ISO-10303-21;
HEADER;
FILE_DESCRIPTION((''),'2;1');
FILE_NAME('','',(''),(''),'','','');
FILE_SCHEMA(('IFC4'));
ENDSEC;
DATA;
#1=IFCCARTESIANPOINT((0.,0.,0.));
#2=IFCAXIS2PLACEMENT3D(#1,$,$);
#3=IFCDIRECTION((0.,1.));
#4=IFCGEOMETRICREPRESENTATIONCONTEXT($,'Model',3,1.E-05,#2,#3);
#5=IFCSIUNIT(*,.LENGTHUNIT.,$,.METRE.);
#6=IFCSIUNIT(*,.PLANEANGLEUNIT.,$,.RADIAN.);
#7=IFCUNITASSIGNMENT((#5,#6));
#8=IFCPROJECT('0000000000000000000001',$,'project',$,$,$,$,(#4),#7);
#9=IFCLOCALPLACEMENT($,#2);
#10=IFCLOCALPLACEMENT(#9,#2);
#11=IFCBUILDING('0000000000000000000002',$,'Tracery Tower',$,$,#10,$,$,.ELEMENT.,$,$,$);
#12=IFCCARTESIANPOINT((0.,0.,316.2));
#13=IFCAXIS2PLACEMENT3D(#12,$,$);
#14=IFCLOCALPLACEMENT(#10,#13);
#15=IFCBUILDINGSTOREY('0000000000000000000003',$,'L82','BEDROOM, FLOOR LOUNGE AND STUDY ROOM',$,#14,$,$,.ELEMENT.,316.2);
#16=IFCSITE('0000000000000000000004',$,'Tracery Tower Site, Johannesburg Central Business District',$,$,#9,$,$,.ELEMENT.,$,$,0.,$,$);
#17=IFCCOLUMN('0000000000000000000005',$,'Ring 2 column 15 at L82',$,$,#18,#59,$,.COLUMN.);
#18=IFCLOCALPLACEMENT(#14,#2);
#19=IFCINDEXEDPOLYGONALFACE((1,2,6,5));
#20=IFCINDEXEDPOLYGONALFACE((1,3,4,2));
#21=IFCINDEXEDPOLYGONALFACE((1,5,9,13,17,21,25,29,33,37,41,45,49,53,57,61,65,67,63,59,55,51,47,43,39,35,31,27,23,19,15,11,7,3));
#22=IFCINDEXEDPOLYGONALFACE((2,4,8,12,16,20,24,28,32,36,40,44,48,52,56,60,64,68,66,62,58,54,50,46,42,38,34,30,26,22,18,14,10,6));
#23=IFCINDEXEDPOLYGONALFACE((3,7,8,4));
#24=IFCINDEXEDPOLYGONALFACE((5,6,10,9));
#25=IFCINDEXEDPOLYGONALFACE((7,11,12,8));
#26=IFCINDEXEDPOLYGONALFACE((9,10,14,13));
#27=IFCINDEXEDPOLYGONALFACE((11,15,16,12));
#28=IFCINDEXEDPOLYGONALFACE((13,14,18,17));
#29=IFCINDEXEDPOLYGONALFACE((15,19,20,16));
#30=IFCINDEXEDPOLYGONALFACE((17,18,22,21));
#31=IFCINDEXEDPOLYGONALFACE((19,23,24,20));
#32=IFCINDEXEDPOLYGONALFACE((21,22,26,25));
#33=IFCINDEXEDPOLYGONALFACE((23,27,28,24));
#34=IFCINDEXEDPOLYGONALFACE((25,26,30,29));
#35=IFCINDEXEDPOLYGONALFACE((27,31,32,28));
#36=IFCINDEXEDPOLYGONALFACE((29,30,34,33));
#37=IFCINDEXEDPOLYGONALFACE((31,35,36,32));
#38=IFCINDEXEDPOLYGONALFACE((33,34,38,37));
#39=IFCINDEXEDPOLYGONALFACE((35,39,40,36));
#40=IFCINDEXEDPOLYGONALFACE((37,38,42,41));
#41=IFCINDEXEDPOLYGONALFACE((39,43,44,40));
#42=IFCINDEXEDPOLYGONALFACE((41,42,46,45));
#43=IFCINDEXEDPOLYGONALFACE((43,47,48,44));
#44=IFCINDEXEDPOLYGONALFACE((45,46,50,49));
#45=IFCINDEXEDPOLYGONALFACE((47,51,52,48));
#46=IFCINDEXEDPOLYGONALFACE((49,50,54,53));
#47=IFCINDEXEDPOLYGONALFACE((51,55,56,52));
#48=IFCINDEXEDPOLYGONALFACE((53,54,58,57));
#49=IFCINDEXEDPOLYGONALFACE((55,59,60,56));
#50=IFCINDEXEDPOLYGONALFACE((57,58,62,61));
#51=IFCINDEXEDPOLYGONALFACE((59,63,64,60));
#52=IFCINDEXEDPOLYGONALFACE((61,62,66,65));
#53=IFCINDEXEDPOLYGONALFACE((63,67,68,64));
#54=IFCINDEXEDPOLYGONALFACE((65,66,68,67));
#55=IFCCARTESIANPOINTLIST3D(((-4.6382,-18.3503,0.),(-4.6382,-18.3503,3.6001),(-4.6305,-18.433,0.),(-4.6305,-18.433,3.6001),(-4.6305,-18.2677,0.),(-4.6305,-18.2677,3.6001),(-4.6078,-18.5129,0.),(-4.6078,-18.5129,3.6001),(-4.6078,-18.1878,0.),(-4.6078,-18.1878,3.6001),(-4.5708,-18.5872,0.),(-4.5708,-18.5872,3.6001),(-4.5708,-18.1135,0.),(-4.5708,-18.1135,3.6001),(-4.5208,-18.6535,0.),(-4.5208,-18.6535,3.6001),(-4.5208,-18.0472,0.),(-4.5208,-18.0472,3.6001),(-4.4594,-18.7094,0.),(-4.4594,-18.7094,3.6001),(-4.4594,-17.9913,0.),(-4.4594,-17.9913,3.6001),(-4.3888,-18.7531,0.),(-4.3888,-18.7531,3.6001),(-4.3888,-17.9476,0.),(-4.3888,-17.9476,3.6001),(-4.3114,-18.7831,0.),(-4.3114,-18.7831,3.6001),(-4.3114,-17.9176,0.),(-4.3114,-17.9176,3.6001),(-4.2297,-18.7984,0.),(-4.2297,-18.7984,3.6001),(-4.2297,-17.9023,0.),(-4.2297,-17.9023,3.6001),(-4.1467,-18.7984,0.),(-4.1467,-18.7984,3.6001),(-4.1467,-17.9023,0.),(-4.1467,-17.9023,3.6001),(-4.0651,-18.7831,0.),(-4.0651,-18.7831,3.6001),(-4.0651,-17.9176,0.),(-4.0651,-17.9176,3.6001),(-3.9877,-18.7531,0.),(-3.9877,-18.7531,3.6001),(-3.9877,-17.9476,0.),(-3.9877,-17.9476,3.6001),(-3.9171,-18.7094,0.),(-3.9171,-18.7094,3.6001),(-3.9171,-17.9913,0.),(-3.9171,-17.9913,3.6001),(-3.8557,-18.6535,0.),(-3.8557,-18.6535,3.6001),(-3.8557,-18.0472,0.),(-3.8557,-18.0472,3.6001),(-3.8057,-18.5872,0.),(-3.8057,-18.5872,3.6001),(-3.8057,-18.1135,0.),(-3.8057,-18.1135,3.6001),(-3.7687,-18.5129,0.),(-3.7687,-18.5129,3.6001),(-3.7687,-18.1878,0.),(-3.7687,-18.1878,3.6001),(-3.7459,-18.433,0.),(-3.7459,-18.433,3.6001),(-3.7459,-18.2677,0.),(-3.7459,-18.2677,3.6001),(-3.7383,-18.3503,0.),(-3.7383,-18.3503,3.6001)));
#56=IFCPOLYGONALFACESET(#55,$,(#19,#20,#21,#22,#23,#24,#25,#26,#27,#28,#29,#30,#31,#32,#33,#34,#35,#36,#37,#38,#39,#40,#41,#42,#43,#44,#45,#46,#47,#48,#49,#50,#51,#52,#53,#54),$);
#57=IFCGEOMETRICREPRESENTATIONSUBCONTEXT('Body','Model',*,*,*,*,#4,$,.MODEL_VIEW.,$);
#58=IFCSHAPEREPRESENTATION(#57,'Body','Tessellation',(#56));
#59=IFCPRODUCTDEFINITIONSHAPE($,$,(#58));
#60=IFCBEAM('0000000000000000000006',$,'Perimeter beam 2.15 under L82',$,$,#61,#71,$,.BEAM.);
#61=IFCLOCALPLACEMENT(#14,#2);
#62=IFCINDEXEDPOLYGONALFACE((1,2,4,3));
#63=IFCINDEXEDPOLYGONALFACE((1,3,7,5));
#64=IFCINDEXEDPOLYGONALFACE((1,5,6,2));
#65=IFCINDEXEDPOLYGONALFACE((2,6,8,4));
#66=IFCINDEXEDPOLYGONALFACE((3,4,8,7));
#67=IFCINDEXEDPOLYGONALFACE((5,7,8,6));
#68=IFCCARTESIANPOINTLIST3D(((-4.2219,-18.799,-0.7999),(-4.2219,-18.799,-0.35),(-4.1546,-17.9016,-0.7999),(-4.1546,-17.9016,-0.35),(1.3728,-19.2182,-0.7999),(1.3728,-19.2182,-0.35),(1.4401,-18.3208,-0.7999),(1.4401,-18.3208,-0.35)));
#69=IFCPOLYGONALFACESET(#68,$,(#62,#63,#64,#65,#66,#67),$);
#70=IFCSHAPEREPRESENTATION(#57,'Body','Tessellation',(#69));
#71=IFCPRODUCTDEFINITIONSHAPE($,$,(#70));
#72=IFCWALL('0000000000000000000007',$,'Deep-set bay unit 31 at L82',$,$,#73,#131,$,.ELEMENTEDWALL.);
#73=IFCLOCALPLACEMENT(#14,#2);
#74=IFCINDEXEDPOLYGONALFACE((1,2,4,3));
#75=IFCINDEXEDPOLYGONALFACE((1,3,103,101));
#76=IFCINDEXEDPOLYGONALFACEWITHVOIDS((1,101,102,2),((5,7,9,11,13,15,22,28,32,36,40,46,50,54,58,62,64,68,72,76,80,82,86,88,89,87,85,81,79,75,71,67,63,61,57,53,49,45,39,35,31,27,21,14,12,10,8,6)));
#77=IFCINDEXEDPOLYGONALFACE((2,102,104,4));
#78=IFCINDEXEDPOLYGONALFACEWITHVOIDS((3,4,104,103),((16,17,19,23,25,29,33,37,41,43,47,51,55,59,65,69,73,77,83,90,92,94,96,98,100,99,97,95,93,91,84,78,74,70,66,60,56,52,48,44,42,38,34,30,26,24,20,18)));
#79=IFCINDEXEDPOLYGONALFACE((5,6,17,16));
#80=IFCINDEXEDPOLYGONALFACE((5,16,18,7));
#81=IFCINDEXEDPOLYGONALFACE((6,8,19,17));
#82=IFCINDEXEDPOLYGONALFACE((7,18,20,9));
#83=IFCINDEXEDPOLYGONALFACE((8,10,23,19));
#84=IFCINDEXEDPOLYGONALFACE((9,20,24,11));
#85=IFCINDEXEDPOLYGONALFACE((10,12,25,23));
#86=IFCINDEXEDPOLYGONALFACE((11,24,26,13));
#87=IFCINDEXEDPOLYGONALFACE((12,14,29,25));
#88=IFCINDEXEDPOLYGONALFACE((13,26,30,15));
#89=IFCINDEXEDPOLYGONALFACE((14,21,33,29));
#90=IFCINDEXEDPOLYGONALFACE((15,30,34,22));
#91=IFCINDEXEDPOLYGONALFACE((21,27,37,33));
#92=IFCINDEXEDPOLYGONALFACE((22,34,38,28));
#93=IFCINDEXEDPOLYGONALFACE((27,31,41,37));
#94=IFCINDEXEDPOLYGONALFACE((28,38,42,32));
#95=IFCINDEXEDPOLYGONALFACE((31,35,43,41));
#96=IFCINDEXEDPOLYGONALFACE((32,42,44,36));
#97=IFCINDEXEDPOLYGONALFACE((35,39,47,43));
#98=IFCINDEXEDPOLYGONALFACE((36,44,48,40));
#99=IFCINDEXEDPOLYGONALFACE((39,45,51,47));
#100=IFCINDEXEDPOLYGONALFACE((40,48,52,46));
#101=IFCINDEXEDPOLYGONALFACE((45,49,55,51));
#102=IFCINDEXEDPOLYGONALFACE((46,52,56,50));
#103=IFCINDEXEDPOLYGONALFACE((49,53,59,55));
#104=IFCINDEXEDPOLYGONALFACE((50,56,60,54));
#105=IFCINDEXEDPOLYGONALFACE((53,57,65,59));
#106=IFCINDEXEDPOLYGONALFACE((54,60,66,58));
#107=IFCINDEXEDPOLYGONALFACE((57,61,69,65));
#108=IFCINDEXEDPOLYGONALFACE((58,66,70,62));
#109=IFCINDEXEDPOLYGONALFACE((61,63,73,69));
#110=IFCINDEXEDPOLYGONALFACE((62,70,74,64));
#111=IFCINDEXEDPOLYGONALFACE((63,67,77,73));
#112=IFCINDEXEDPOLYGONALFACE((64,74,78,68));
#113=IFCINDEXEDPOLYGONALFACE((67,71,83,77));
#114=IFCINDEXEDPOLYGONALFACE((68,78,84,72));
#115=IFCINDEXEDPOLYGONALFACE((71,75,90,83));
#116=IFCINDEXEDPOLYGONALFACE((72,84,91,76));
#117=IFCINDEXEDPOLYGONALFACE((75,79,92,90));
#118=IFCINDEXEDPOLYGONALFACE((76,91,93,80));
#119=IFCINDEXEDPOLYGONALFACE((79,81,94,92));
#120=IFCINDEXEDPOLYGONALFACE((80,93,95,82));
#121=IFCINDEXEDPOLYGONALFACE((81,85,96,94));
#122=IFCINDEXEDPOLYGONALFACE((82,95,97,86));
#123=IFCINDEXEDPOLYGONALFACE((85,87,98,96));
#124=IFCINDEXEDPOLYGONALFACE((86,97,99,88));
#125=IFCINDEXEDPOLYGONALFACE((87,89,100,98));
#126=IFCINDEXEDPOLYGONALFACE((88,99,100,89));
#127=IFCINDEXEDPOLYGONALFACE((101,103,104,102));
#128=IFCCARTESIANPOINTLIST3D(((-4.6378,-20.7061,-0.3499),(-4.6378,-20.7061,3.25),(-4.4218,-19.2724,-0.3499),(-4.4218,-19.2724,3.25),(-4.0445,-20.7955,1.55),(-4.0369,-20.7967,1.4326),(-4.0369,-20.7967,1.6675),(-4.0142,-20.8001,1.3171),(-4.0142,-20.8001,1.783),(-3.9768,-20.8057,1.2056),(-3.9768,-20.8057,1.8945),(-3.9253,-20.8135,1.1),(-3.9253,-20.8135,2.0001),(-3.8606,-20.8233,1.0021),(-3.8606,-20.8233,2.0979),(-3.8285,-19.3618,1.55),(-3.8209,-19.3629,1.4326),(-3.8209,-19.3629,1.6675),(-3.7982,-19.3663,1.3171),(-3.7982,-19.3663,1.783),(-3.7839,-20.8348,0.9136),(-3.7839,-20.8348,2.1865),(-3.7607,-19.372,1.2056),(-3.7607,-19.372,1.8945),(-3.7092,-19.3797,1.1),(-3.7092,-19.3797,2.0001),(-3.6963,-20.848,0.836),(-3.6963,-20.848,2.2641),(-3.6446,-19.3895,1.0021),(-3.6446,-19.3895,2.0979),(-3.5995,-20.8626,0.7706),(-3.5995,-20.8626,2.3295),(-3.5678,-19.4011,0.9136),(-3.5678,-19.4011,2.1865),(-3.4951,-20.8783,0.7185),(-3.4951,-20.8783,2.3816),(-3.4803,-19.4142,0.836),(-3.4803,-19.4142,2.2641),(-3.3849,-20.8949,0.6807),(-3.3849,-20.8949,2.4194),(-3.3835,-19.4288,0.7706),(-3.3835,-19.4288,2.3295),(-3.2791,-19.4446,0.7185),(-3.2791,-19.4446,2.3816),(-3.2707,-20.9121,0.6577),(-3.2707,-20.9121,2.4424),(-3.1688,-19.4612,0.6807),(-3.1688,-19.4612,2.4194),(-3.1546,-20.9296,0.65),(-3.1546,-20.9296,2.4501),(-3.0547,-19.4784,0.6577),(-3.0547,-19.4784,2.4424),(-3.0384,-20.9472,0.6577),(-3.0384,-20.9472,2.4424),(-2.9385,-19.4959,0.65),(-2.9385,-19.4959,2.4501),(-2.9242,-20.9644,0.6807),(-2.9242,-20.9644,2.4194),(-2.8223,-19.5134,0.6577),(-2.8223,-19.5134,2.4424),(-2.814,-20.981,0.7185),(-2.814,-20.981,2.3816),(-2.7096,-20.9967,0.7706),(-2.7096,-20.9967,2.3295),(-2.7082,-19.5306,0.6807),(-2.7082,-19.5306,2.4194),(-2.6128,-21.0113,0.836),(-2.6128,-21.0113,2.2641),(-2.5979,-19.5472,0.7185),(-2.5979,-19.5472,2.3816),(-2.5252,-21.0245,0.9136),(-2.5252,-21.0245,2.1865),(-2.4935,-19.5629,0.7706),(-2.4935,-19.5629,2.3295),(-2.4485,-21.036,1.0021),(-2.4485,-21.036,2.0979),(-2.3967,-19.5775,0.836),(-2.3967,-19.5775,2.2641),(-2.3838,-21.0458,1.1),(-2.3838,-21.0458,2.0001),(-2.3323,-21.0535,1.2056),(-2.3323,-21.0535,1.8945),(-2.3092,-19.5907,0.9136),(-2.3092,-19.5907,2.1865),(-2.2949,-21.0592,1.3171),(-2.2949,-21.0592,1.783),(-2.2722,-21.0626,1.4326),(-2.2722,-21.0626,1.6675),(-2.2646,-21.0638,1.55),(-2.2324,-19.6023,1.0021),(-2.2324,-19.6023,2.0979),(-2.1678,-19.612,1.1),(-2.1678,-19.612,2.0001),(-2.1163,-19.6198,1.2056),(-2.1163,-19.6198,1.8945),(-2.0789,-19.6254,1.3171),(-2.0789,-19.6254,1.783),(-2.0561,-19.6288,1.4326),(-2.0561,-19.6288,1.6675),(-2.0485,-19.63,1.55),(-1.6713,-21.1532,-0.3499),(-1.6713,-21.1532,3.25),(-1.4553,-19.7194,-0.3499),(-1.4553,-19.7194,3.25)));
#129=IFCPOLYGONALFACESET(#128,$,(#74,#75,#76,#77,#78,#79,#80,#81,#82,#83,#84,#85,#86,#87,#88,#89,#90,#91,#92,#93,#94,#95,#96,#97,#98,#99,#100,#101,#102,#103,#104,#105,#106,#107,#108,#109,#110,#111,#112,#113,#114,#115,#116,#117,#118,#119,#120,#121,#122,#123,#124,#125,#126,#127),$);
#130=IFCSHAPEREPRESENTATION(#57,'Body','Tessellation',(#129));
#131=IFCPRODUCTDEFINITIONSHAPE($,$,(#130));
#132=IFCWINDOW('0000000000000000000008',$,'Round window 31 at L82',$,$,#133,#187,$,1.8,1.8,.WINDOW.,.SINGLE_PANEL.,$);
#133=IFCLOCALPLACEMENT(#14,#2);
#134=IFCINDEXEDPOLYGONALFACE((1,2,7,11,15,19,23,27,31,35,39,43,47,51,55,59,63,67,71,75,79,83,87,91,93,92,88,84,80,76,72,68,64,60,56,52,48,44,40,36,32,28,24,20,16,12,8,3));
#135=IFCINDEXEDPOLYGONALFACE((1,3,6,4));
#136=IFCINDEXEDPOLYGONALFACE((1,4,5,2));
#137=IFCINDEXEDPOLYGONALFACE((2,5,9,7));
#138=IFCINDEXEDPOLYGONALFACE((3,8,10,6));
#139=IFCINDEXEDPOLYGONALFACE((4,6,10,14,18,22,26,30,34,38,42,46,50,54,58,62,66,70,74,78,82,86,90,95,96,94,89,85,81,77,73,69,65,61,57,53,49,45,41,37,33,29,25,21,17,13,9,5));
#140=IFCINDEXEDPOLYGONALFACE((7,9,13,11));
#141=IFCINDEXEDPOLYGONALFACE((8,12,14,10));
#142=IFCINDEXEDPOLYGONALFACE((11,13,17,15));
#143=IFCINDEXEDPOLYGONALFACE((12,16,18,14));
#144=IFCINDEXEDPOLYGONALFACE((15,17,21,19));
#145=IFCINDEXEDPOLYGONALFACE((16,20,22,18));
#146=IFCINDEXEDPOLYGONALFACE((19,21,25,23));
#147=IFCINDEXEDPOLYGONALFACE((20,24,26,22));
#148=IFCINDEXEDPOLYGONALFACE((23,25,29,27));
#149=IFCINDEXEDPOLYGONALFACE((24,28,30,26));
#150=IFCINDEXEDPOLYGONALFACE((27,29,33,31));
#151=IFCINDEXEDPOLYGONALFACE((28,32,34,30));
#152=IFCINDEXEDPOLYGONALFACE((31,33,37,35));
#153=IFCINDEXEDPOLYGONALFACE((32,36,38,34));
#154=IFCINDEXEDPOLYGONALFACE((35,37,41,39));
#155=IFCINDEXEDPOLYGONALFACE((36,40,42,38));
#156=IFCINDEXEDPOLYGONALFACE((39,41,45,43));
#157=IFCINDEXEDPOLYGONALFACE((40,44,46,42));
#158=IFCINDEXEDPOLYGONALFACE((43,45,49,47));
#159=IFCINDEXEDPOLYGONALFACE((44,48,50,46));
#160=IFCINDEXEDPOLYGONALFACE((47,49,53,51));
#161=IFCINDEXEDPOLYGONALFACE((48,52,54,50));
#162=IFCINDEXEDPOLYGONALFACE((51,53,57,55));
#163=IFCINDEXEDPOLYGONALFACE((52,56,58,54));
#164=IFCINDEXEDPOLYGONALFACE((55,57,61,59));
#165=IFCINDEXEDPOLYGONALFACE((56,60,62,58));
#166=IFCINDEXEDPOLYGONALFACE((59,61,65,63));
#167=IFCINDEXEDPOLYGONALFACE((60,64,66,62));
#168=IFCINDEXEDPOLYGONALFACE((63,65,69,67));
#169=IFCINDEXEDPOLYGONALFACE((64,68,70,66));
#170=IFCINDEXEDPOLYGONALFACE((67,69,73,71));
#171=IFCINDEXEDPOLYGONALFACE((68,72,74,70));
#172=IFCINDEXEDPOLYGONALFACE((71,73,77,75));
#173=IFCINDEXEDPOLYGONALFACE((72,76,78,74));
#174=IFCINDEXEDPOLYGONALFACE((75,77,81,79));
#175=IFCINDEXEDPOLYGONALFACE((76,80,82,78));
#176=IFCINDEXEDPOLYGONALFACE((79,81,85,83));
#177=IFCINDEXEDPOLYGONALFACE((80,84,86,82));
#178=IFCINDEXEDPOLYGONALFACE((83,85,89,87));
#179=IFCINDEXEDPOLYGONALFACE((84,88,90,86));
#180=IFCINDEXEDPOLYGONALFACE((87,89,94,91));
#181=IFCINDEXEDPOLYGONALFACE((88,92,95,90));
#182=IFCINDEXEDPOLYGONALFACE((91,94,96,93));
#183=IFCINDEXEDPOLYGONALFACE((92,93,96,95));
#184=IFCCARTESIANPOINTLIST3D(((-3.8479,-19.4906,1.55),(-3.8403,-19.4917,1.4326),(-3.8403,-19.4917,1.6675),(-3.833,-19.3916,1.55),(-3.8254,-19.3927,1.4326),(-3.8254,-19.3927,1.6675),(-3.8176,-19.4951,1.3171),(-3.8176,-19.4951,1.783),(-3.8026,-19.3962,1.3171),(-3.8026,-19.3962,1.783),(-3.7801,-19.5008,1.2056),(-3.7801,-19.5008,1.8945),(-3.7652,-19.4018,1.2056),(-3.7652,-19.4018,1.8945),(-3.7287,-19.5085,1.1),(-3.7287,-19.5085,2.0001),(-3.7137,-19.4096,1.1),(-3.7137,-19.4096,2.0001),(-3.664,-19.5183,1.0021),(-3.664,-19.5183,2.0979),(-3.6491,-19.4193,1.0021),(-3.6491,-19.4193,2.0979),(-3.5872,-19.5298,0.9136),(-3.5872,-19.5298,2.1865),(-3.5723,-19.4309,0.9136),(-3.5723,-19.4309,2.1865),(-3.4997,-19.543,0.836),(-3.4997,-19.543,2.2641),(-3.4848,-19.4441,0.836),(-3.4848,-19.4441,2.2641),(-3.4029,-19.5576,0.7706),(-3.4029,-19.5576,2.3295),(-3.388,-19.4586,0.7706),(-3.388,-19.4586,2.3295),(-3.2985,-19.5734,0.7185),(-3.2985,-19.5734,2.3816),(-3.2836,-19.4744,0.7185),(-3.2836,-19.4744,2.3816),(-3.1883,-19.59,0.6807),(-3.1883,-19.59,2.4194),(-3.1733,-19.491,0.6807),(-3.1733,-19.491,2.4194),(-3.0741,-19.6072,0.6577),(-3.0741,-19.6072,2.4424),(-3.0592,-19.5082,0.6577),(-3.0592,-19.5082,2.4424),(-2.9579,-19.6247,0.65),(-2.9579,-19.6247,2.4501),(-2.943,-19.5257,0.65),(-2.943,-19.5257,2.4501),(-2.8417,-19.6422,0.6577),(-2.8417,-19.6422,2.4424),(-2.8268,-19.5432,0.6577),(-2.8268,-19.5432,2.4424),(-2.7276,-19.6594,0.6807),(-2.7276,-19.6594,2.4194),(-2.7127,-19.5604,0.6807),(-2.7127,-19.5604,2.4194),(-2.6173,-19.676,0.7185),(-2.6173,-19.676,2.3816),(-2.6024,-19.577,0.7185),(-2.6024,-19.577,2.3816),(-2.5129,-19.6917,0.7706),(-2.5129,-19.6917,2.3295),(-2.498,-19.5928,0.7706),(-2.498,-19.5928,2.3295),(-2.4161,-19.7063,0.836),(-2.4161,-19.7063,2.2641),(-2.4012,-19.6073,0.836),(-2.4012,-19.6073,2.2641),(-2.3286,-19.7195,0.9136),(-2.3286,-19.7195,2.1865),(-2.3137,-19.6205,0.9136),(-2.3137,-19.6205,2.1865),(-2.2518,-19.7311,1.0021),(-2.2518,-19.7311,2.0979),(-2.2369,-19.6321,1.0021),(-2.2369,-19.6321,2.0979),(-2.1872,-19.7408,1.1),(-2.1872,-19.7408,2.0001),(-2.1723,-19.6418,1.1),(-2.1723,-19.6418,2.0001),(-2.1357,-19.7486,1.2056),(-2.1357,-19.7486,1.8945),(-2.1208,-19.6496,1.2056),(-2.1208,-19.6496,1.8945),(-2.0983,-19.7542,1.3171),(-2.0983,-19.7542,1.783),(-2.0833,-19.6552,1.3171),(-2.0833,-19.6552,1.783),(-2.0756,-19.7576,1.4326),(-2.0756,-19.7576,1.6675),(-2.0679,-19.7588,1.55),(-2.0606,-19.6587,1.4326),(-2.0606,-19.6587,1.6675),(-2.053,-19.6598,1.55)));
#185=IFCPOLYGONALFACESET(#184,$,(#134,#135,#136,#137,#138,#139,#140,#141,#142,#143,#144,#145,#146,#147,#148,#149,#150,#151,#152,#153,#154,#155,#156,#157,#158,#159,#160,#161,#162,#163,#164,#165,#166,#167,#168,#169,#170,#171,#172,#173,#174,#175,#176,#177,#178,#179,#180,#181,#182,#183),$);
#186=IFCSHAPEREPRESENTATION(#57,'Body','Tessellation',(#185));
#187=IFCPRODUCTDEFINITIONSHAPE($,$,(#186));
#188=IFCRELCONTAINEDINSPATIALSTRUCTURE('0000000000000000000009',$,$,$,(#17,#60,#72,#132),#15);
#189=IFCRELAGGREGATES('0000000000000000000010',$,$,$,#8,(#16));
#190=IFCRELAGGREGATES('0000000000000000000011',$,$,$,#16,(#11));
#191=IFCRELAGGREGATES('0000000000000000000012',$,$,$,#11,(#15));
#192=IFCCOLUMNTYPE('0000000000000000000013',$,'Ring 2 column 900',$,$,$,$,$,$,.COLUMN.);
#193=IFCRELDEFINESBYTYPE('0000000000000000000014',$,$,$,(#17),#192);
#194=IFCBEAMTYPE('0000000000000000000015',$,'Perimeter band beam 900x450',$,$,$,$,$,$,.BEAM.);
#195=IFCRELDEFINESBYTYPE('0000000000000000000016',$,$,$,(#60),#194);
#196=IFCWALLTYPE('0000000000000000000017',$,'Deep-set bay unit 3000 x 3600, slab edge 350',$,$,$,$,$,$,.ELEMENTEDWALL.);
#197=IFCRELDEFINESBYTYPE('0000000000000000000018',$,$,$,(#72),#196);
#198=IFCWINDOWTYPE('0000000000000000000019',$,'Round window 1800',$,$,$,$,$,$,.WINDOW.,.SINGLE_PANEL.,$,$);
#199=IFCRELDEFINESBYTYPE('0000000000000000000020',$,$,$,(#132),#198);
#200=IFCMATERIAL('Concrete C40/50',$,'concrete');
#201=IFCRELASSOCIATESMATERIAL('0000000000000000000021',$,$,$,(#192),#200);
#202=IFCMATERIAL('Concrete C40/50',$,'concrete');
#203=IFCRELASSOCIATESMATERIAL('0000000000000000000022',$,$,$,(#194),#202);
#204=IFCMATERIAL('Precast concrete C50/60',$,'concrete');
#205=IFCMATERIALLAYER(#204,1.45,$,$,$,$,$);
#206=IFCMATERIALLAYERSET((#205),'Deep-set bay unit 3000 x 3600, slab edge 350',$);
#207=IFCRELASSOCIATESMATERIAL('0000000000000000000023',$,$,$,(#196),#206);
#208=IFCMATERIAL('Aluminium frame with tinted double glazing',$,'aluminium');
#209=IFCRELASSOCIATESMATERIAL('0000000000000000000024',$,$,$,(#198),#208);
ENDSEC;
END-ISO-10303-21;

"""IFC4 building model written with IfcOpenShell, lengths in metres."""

from ifc_helpers import new_model, si_unit, direction, frame, frame_2d, origin, origin_2d, place, context, subcontext, project, spatial, rectangle, circle, extrude, material, layer, layer_set, material_profile, profile_set, type_object, element, fill, save


model = new_model("IFC4")

# Units and contexts
model_context = context("Model", 3, precision=1e-05, world=origin(), true_north=direction((0.0, 1.0)))
body_context = subcontext(model_context, "Body", "Model", "MODEL_VIEW")
ifc_project = project(units=[si_unit("LENGTHUNIT", "METRE"), si_unit("PLANEANGLEUNIT", "RADIAN")], contexts=[model_context])

# Site, building, storey
site_placement = place(None, origin())
site = spatial("IfcSite", under=ifc_project, at=site_placement, Name="Tracery Tower Site, Johannesburg Central Business District", CompositionType="ELEMENT", RefElevation=0.0)
building_placement = place(site_placement, origin())
building = spatial("IfcBuilding", under=site, at=building_placement, Name="Tracery Tower", CompositionType="ELEMENT")
storey_placement = place(building_placement, frame((0.0, 0.0, 316.2)))
storey = spatial("IfcBuildingStorey", under=building, at=storey_placement, Name="L82", Description="BEDROOM, FLOOR LOUNGE AND STUDY ROOM", CompositionType="ELEMENT", Elevation=316.2)

# Column
ifc_material_1 = material(Name="Concrete C40/50", Category="concrete")
ifc_material_profile_1 = material_profile(ifc_material_1, circle(Radius=0.45, at=origin_2d()), Name="RC D900")
ifc_profile_set_1 = profile_set([ifc_material_profile_1], Name="Concrete C40/50")
column_type = type_object("IfcColumnType", Name="Ring 2 column 900", PredefinedType="COLUMN", material=ifc_profile_set_1)
column_placement = place(storey_placement, frame((-4.1882, -18.3503, 0.0), z_axis=(0.0, 0.0, 1.0), x_axis=(1.0, 0.0, 0.0)))
element("IfcColumn", 1, at=column_placement, inside=storey, type_object=column_type, Name="Ring 2 column 15 at L82", PredefinedType="COLUMN", context=body_context, shape_type="SweptSolid", body=[
    extrude(circle(Radius=0.45, at=origin_2d()), origin(), (0.0, 0.0, 1.0), 3.6001),
])

# Beam
ifc_material_2 = material(Name="Concrete C40/50", Category="concrete")
ifc_material_profile_2 = material_profile(ifc_material_2, rectangle(XDim=0.8999, YDim=0.45, at=origin_2d()), Name="RC 900x450")
ifc_profile_set_2 = profile_set([ifc_material_profile_2], Name="Concrete C40/50")
beam_type = type_object("IfcBeamType", Name="Perimeter band beam 900x450", PredefinedType="BEAM", material=ifc_profile_set_2)
beam_placement = place(storey_placement, frame((-4.1882, -18.3503, -0.575), z_axis=(0.997205, -0.074716, 0.0), x_axis=(0.074716, 0.997205, 0.0)))
element("IfcBeam", 2, at=beam_placement, inside=storey, type_object=beam_type, Name="Perimeter beam 2.15 under L82", PredefinedType="BEAM", context=body_context, shape_type="SweptSolid", body=[
    extrude(rectangle(XDim=0.8999, YDim=0.45, at=origin_2d()), origin(), (0.0, 0.0, 1.0), 5.6104),
])

# Wall, opening, window
ifc_material_3 = material(Name="Precast concrete C50/60", Category="concrete")
ifc_layer_1 = layer(ifc_material_3, 1.45)
ifc_layer_set_1 = layer_set([ifc_layer_1], Name="Deep-set bay unit 3000 x 3600, slab edge 350")
wall_type_1 = type_object("IfcWallType", Name="Deep-set bay unit 3000 x 3600, slab edge 350", PredefinedType="ELEMENTEDWALL", material=ifc_layer_set_1)
wall_1_placement = place(storey_placement, frame((-4.5298, -19.9893, -0.3499), z_axis=(0.0, 0.0, 1.0), x_axis=(0.988836, -0.149005, 0.0)))
wall_1 = element("IfcWall", 3, at=wall_1_placement, inside=storey, type_object=wall_type_1, Name="Deep-set bay unit 31 at L82", PredefinedType="ELEMENTEDWALL", context=body_context, shape_type="SweptSolid", body=[
    extrude(rectangle(XDim=3.0, YDim=1.45, at=frame_2d((1.5, 0.0))), origin(), (0.0, 0.0, 1.0), 3.5999),
])
opening_1_placement = place(wall_1_placement, frame((1.5, 0.0, 1.8999)))
opening_1 = element("IfcOpeningElement", 4, at=opening_1_placement, cuts=wall_1, PredefinedType="OPENING", context=body_context, shape_type="SweptSolid", body=[
    extrude(circle(Radius=0.9, at=origin_2d()), frame((0.0, 0.7349, 0.0), z_axis=(0.0, -1.0, 0.0), x_axis=(1.0, 0.0, 0.0)), (0.0, 0.0, 1.0), 1.47),
])
ifc_material_4 = material(Name="Aluminium frame with tinted double glazing", Category="aluminium")
window_type = type_object("IfcWindowType", Name="Round window 1800", PartitioningType="SINGLE_PANEL", PredefinedType="WINDOW", material=ifc_material_4)
window_1_placement = place(opening_1_placement, origin())
window_1 = element("IfcWindow", 5, at=window_1_placement, inside=storey, type_object=window_type, Name="Round window 31 at L82", OverallHeight=1.8, OverallWidth=1.8, PartitioningType="SINGLE_PANEL", PredefinedType="WINDOW", context=body_context, shape_type="SweptSolid", body=[
    extrude(circle(Radius=0.9, at=origin_2d()), frame((0.0, 0.6948, 0.0), z_axis=(0.0, -1.0, 0.0), x_axis=(1.0, 0.0, 0.0)), (0.0, 0.0, 1.0), 0.1001),
])
fill(opening_1, window_1)

save(model, "model.ifc")
